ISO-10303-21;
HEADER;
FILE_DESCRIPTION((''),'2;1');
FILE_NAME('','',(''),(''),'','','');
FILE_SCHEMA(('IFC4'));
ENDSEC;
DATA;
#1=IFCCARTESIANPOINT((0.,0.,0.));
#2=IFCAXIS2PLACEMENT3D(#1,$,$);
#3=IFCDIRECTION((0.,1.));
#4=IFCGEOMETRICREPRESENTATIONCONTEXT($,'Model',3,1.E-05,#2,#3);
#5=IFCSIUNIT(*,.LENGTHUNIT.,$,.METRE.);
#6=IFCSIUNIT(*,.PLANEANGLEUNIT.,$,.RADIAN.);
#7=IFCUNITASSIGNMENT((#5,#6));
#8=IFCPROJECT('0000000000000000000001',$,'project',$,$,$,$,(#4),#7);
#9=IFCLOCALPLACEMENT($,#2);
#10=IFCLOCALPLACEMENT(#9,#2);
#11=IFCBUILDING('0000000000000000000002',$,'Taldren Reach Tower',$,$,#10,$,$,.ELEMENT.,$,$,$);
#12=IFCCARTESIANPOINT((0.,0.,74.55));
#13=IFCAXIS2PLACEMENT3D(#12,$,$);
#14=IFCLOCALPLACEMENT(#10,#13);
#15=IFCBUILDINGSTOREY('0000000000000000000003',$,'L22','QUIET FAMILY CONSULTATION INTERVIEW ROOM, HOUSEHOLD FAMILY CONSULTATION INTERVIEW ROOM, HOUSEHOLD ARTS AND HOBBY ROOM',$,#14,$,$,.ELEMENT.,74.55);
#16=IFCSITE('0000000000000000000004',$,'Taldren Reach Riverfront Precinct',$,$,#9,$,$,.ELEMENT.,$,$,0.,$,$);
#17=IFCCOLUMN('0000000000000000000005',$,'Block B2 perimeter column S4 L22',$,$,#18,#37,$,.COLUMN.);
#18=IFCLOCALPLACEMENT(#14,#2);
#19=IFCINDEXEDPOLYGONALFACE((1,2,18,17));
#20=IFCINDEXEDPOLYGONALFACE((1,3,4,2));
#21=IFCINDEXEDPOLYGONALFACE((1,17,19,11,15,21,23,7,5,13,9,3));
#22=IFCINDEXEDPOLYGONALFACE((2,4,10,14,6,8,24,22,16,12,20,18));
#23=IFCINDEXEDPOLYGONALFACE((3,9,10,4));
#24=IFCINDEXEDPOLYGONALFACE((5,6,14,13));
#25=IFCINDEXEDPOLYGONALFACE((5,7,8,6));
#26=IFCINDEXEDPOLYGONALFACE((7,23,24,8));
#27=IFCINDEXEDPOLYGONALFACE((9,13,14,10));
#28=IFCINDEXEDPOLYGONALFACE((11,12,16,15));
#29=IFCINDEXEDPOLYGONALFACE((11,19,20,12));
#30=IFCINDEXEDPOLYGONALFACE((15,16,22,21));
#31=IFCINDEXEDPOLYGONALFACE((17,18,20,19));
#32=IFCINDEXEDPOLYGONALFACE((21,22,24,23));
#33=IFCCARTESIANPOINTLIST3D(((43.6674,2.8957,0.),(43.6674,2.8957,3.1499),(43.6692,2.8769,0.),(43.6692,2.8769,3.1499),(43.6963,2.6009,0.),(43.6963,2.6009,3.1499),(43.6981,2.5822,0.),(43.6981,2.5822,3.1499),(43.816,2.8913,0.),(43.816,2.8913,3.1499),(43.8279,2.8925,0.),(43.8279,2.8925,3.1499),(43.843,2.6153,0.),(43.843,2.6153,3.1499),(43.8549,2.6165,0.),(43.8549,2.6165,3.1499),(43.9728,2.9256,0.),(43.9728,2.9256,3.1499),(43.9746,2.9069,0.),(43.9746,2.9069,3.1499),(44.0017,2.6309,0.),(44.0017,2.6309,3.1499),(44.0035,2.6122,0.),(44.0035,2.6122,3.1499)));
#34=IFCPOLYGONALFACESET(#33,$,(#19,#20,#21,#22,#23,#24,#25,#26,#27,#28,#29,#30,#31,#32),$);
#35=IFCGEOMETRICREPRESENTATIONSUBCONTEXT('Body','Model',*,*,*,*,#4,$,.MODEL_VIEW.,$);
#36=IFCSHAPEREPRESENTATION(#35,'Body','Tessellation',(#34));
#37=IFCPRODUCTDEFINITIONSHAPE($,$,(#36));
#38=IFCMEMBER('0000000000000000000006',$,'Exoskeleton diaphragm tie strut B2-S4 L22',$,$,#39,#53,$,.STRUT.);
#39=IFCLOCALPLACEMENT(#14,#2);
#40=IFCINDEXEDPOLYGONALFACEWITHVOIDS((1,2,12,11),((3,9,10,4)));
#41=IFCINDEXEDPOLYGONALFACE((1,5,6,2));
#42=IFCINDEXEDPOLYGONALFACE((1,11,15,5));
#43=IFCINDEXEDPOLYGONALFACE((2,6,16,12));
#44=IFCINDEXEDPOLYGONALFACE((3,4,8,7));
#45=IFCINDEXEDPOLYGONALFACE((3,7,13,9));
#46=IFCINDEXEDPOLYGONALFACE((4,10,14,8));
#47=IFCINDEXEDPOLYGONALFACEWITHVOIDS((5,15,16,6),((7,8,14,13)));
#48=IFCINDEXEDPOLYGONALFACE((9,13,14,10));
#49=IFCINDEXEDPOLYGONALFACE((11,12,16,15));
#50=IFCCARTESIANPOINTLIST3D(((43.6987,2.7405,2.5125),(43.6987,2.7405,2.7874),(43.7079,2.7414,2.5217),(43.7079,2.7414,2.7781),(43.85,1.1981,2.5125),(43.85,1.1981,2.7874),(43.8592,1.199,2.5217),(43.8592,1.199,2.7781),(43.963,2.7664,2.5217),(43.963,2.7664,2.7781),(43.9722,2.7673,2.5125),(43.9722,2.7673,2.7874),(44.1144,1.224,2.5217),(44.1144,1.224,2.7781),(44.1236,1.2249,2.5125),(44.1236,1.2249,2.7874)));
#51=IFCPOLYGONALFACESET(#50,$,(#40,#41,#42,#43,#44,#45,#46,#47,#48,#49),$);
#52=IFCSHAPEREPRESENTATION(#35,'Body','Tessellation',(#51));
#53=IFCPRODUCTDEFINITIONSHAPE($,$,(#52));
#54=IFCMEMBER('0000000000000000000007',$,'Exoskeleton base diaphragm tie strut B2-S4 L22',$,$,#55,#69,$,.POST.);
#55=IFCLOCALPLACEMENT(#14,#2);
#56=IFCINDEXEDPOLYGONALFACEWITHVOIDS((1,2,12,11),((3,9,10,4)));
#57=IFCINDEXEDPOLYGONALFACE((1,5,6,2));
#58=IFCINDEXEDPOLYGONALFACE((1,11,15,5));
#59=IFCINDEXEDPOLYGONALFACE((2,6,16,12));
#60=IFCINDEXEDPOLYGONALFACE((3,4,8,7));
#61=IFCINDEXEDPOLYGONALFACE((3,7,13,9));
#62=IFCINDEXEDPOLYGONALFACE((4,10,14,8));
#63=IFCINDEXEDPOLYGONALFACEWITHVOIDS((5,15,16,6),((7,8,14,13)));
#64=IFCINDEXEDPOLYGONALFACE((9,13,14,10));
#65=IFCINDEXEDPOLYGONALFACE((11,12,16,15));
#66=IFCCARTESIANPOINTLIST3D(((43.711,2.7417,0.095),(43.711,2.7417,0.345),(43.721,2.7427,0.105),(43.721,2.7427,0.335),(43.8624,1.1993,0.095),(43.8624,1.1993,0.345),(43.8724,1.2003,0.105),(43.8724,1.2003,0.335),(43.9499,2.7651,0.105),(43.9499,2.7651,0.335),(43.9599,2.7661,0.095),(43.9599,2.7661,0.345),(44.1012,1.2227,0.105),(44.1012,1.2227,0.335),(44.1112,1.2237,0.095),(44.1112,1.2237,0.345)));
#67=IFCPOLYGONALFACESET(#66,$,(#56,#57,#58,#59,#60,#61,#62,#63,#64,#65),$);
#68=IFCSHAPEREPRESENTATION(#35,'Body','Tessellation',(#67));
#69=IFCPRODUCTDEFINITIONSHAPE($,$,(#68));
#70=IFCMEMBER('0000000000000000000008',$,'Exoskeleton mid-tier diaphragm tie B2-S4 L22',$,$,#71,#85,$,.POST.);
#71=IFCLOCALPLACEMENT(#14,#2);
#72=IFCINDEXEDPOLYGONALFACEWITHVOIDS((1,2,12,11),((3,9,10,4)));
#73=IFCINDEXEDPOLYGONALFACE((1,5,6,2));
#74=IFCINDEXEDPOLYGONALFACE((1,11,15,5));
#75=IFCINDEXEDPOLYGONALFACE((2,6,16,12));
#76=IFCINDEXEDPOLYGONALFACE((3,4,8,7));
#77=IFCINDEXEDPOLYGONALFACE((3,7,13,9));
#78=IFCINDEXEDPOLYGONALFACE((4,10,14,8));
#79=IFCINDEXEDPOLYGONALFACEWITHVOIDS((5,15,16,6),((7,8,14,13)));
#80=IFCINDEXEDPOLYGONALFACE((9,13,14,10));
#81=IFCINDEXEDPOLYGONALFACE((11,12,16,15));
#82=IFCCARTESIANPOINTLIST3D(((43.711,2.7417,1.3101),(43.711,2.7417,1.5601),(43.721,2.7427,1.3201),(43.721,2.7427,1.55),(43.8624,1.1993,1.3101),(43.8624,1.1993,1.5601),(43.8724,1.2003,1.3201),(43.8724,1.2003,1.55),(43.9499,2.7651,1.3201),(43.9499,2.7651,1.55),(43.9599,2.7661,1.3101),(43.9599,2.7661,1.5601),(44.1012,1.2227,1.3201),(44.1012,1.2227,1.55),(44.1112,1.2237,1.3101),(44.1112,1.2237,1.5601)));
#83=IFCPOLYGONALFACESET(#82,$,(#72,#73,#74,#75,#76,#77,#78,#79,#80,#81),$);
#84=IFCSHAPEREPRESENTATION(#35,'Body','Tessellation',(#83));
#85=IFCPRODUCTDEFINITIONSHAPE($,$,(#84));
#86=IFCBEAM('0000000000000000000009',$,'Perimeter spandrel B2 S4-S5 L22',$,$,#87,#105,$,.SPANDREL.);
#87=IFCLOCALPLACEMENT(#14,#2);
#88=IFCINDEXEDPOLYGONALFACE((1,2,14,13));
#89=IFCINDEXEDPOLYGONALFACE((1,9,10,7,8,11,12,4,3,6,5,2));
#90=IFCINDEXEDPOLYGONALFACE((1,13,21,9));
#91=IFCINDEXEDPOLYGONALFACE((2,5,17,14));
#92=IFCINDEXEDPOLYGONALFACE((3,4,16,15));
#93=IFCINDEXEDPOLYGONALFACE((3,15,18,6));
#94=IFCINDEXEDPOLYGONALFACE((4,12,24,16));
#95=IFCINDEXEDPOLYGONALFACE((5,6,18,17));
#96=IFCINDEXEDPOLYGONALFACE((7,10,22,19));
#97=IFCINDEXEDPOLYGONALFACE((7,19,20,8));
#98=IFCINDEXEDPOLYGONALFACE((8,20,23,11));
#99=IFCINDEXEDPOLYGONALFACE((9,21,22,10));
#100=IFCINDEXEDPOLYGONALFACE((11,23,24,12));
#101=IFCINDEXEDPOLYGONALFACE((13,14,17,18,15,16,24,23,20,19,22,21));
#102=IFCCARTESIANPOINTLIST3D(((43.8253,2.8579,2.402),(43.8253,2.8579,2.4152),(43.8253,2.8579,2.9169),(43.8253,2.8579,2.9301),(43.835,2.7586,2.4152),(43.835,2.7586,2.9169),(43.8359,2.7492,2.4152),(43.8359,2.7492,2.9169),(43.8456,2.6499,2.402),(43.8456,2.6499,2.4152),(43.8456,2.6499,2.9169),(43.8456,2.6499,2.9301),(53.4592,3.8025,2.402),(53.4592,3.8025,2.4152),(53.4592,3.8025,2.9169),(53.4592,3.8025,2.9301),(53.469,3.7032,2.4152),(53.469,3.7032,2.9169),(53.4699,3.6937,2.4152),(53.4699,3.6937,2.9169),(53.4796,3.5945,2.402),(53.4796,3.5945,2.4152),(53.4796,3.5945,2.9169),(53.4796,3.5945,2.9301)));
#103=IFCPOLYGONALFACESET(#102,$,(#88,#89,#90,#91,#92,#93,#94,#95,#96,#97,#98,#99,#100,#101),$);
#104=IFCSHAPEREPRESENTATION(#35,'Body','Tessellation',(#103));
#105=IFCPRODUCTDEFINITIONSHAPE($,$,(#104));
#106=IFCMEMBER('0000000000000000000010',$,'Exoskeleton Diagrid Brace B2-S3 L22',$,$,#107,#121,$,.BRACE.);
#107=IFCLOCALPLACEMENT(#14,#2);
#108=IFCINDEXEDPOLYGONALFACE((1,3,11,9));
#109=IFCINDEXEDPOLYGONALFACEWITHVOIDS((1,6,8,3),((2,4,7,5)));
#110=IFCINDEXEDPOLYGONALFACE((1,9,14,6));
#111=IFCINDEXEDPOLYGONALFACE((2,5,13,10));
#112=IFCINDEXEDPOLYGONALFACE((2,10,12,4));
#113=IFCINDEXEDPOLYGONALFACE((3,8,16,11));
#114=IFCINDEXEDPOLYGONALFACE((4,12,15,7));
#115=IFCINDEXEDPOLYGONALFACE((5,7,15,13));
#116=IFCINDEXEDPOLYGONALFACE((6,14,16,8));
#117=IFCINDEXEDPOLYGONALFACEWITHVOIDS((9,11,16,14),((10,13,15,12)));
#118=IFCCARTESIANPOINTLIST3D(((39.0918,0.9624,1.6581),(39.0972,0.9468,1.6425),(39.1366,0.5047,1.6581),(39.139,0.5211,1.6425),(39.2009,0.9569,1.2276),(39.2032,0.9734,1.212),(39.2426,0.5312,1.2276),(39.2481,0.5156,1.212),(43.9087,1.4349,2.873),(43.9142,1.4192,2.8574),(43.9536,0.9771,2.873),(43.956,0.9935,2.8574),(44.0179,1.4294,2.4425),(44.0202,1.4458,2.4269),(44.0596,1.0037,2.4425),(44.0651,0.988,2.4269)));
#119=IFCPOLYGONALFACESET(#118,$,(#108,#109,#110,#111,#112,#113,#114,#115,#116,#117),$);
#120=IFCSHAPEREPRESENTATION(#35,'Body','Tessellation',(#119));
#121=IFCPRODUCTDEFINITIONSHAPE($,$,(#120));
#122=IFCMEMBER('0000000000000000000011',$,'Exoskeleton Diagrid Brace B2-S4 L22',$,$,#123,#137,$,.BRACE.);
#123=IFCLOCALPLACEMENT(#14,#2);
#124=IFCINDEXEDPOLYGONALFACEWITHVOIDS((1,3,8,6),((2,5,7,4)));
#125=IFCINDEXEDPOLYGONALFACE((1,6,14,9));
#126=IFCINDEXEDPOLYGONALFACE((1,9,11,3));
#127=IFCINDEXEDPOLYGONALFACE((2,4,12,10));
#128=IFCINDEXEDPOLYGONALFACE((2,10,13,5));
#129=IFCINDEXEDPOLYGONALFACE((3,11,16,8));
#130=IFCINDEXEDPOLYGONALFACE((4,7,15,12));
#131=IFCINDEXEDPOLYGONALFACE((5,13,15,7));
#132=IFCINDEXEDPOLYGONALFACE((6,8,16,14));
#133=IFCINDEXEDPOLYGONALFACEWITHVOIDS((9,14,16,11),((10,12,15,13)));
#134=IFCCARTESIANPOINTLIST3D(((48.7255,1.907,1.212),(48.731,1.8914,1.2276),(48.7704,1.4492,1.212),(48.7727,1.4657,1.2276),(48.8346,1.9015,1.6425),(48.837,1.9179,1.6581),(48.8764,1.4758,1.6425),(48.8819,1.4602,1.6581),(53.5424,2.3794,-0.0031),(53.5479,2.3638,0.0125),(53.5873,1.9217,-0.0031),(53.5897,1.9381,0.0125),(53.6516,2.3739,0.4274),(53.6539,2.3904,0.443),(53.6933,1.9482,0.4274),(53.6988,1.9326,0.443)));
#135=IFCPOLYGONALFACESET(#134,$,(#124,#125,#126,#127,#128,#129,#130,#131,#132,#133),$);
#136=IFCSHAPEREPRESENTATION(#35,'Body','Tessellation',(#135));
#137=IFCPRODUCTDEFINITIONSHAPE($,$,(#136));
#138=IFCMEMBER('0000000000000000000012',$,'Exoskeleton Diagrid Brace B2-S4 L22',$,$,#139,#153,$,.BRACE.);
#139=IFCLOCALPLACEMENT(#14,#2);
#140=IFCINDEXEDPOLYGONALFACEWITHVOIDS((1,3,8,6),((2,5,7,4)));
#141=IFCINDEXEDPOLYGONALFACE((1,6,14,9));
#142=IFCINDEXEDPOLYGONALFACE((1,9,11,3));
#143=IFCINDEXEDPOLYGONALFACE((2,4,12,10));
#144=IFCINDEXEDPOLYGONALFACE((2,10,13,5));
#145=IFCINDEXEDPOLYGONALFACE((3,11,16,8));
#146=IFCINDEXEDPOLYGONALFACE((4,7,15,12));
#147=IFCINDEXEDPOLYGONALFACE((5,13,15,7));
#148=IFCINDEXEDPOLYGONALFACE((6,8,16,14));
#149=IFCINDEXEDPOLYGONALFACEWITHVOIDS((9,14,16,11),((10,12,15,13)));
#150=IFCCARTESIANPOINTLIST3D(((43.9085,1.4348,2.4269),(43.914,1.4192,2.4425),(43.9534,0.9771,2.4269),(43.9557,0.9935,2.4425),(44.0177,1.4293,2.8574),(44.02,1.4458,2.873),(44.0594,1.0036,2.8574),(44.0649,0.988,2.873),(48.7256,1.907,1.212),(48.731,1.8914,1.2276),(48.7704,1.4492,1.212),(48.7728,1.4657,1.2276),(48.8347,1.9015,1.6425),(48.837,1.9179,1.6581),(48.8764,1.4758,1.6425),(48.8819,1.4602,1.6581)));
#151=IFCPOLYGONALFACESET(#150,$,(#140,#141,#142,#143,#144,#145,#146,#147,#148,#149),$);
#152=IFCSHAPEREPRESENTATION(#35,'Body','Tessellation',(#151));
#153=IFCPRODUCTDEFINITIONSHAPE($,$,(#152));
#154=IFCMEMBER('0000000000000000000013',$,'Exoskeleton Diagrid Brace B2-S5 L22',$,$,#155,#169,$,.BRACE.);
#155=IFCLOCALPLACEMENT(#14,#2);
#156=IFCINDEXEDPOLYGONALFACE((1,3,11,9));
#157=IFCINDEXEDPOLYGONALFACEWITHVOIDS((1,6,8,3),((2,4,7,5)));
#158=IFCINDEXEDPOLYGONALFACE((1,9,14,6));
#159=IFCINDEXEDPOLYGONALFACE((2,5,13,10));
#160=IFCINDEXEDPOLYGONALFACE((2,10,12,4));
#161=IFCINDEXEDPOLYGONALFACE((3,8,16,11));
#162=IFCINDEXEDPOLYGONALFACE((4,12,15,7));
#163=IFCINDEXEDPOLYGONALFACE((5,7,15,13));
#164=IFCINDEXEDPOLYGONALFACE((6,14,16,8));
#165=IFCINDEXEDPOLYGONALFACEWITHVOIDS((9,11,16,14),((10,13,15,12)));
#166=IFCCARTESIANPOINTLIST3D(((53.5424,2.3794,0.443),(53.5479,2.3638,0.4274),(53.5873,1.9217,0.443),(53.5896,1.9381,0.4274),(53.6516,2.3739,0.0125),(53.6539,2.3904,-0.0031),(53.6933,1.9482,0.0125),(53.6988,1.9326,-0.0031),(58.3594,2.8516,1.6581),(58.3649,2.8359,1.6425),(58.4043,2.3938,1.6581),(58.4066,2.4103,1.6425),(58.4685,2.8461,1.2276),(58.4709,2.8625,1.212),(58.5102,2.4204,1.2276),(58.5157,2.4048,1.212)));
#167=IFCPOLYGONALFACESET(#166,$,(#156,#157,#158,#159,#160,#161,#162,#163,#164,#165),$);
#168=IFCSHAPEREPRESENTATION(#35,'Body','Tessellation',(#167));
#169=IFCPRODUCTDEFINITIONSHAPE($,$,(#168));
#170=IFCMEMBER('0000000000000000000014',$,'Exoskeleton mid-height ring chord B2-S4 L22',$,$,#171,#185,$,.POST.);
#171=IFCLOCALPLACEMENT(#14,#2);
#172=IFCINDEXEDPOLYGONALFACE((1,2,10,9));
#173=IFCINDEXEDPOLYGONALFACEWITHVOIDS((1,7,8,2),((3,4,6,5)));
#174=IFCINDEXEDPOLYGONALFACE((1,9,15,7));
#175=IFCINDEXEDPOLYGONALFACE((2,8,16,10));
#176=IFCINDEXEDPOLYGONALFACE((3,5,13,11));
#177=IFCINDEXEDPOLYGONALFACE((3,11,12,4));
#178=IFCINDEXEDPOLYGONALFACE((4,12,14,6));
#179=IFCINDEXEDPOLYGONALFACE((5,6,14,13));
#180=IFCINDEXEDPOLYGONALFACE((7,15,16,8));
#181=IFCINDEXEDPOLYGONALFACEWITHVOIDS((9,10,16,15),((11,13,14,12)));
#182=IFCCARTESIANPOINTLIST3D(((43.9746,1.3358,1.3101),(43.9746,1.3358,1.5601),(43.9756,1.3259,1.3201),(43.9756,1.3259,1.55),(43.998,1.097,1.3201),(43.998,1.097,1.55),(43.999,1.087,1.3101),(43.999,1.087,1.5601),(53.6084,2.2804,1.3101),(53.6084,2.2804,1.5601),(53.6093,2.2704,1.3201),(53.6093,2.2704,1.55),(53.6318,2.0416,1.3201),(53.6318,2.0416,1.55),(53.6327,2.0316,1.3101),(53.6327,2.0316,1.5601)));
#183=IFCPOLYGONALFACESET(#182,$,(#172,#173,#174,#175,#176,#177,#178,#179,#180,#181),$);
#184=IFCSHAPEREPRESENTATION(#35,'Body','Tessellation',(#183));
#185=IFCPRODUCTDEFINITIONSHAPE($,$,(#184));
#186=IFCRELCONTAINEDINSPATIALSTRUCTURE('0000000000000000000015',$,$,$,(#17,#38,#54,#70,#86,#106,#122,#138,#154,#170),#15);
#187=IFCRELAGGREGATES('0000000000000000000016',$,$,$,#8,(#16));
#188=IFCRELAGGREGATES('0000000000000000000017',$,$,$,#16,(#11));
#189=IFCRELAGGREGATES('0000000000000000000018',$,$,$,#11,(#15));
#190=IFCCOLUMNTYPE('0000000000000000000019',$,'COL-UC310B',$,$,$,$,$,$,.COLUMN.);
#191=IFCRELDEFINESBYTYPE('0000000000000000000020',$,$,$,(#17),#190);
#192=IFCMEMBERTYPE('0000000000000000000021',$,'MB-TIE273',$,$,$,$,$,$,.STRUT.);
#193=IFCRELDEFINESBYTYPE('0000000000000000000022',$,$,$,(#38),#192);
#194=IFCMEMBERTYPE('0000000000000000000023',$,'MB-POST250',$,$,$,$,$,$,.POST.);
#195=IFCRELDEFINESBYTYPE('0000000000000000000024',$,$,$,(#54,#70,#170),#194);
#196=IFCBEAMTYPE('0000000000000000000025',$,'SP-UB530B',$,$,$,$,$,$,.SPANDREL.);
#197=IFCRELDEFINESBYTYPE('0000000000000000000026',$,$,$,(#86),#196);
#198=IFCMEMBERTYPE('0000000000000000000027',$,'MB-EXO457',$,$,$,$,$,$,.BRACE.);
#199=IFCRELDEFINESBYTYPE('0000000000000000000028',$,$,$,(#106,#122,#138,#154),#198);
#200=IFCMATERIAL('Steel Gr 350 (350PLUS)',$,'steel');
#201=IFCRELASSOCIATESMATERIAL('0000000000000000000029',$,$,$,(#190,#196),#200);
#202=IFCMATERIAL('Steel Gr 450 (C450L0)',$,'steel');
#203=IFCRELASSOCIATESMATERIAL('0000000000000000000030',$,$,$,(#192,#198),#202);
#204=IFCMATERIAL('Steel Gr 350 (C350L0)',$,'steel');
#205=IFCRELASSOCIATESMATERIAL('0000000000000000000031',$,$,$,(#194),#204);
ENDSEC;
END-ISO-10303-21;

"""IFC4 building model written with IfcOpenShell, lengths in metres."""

from ifc_helpers import new_model, si_unit, direction, frame, origin, origin_2d, place, context, subcontext, project, spatial, hollow_rectangle, i_section, extrude, source, transform, mapped, material, material_profile, profile_set, type_object, element, save


model = new_model("IFC4")

# Units and contexts
model_context = context("Model", 3, precision=1e-05, world=origin(), true_north=direction((0.0, 1.0)))
body_context = subcontext(model_context, "Body", "Model", "MODEL_VIEW")
ifc_project = project(units=[si_unit("LENGTHUNIT", "METRE"), si_unit("PLANEANGLEUNIT", "RADIAN")], contexts=[model_context])

# Site, building, storey
site_placement = place(None, origin())
site = spatial("IfcSite", under=ifc_project, at=site_placement, Name="Taldren Reach Riverfront Precinct", CompositionType="ELEMENT", RefElevation=0.0)
building_placement = place(site_placement, origin())
building = spatial("IfcBuilding", under=site, at=building_placement, Name="Taldren Reach Tower", CompositionType="ELEMENT")
storey_placement = place(building_placement, frame((0.0, 0.0, 74.55)))
storey = spatial("IfcBuildingStorey", under=building, at=storey_placement, Name="L22", Description="QUIET FAMILY CONSULTATION INTERVIEW ROOM, HOUSEHOLD FAMILY CONSULTATION INTERVIEW ROOM, HOUSEHOLD ARTS AND HOBBY ROOM", CompositionType="ELEMENT", Elevation=74.55)

# Column
ifc_material_1 = material(Name="Steel Gr 350 (350PLUS)", Category="steel")
ifc_material_profile_1 = material_profile(ifc_material_1, i_section(OverallWidth=0.3069, OverallDepth=0.3149, WebThickness=0.012, FlangeThickness=0.0188, at=origin_2d()), Name="310UC118")
ifc_profile_set_1 = profile_set([ifc_material_profile_1], Name="Steel Gr 350 (350PLUS)")
column_type = type_object("IfcColumnType", Name="COL-UC310B", PredefinedType="COLUMN", material=ifc_profile_set_1)
shared_shape_1 = source(origin(), body_context, "Body", "SweptSolid", [
    extrude(i_section(OverallWidth=0.3069, OverallDepth=0.3149, WebThickness=0.012, FlangeThickness=0.0188, at=origin_2d()), origin(), (0.0, 0.0, 1.0), 3.1499),
])
column_placement = place(storey_placement, frame((43.8354, 2.7539, 0.0), z_axis=(0.0, 0.0, 1.0), x_axis=(0.995227, 0.097583, 0.0)))
element("IfcColumn", 1, at=column_placement, inside=storey, type_object=column_type, Name="Block B2 perimeter column S4 L22", PredefinedType="COLUMN", context=body_context, shape_type="MappedRepresentation", body=[
    mapped(shared_shape_1, transform((0.0, 0.0, 0.0), scale=1.0)),
])

# Members
ifc_material_2 = material(Name="Steel Gr 450 (C450L0)", Category="steel")
ifc_material_profile_2 = material_profile(ifc_material_2, hollow_rectangle(XDim=0.2749, YDim=0.2749, WallThickness=0.0093, at=origin_2d()), Name="275x275x9.3SHS")
ifc_profile_set_2 = profile_set([ifc_material_profile_2], Name="Steel Gr 450 (C450L0)")
member_type_1 = type_object("IfcMemberType", Name="MB-TIE273", PredefinedType="STRUT", material=ifc_profile_set_2)
shared_shape_2 = source(origin(), body_context, "Body", "SweptSolid", [
    extrude(hollow_rectangle(XDim=0.2749, YDim=0.2749, WallThickness=0.0093, at=origin_2d()), origin(), (0.0, 0.0, 1.0), 1.5498),
])
member_1_placement = place(storey_placement, frame((43.8354, 2.7539, 2.6499), z_axis=(0.097663, -0.99522, 0.0), x_axis=(0.99522, 0.097663, 0.0)))
element("IfcMember", 2, at=member_1_placement, inside=storey, type_object=member_type_1, Name="Exoskeleton diaphragm tie strut B2-S4 L22", PredefinedType="STRUT", context=body_context, shape_type="MappedRepresentation", body=[
    mapped(shared_shape_2, transform((0.0, 0.0, 0.0), scale=1.0)),
])
ifc_material_3 = material(Name="Steel Gr 350 (C350L0)", Category="steel")
ifc_material_profile_3 = material_profile(ifc_material_3, hollow_rectangle(XDim=0.25, YDim=0.25, WallThickness=0.01, at=origin_2d()), Name="250x250x10.0SHS")
ifc_profile_set_3 = profile_set([ifc_material_profile_3], Name="Steel Gr 350 (C350L0)")
member_type_2 = type_object("IfcMemberType", Name="MB-POST250", PredefinedType="POST", material=ifc_profile_set_3)
shared_shape_3 = source(origin(), body_context, "Body", "SweptSolid", [
    extrude(hollow_rectangle(XDim=0.25, YDim=0.25, WallThickness=0.01, at=origin_2d()), origin(), (0.0, 0.0, 1.0), 1.5498),
])
for number, where, z_axis, x_axis, name in (
    (3, (43.8354, 2.7539, 0.22), (0.097663, -0.99522, 0.0), (0.99522, 0.097663, 0.0), "Exoskeleton base diaphragm tie strut B2-S4 L22"),
    (4, (43.8354, 2.7539, 1.4351), (0.097663, -0.99522, 0.0), (0.99522, 0.097663, 0.0), "Exoskeleton mid-tier diaphragm tie B2-S4 L22"),
):
    element("IfcMember", number, at=place(storey_placement, frame(where, z_axis=z_axis, x_axis=x_axis)), inside=storey, type_object=member_type_2, Name=name, PredefinedType="POST", context=body_context, shape_type="MappedRepresentation", body=[
        mapped(shared_shape_3, transform((0.0, 0.0, 0.0), scale=1.0)),
    ])

# Beam
ifc_material_profile_4 = material_profile(ifc_material_1, i_section(OverallWidth=0.209, OverallDepth=0.5281, WebThickness=0.0095, FlangeThickness=0.0132, at=origin_2d()), Name="530UB82.0")
ifc_profile_set_4 = profile_set([ifc_material_profile_4], Name="Steel Gr 350 (350PLUS)")
beam_type = type_object("IfcBeamType", Name="SP-UB530B", PredefinedType="SPANDREL", material=ifc_profile_set_4)
shared_shape_4 = source(origin(), body_context, "Body", "SweptSolid", [
    extrude(i_section(OverallWidth=0.209, OverallDepth=0.5281, WebThickness=0.0095, FlangeThickness=0.0132, at=origin_2d()), origin(), (0.0, 0.0, 1.0), 9.6802),
])
beam_placement = place(storey_placement, frame((43.8354, 2.7539, 2.666), z_axis=(0.995228, 0.097578, 0.0), x_axis=(-0.097578, 0.995228, 0.0)))
element("IfcBeam", 5, at=beam_placement, inside=storey, type_object=beam_type, Name="Perimeter spandrel B2 S4-S5 L22", PredefinedType="SPANDREL", context=body_context, shape_type="MappedRepresentation", body=[
    mapped(shared_shape_4, transform((0.0, 0.0, 0.0), scale=1.0)),
])

# Members
ifc_material_profile_5 = material_profile(ifc_material_2, hollow_rectangle(XDim=0.46, YDim=0.46, WallThickness=0.0161, at=origin_2d()), Name="460x460x16.0SHS")
ifc_profile_set_5 = profile_set([ifc_material_profile_5], Name="Steel Gr 450 (C450L0)")
member_type_3 = type_object("IfcMemberType", Name="MB-EXO457", PredefinedType="BRACE", material=ifc_profile_set_5)
shared_shape_5 = source(origin(), body_context, "Body", "SweptSolid", [
    extrude(hollow_rectangle(XDim=0.46, YDim=0.46, WallThickness=0.0161, at=origin_2d()), origin(), (0.0, 0.0, 1.0), 4.9902),
])
for number, where, z_axis, x_axis, name in (
    (6, (39.1699, 0.739, 1.4351), (0.965283, 0.094669, 0.243449), (-0.097606, 0.995225, 0.0), "Exoskeleton Diagrid Brace B2-S3 L22"),
    (7, (53.6206, 2.156, 0.22), (-0.965271, -0.094668, 0.243495), (0.097606, -0.995225, 0.0), "Exoskeleton Diagrid Brace B2-S4 L22"),
    (8, (48.8037, 1.6836, 1.4351), (-0.965287, -0.094621, 0.24345), (0.097556, -0.99523, 0.0), "Exoskeleton Diagrid Brace B2-S4 L22"),
    (9, (53.6206, 2.156, 0.22), (0.965276, 0.09462, 0.243496), (-0.097556, 0.99523, 0.0), "Exoskeleton Diagrid Brace B2-S5 L22"),
):
    element("IfcMember", number, at=place(storey_placement, frame(where, z_axis=z_axis, x_axis=x_axis)), inside=storey, type_object=member_type_3, Name=name, PredefinedType="BRACE", context=body_context, shape_type="MappedRepresentation", body=[
        mapped(shared_shape_5, transform((0.0, 0.0, 0.0), scale=1.0)),
    ])
shared_shape_6 = source(origin(), body_context, "Body", "SweptSolid", [
    extrude(hollow_rectangle(XDim=0.25, YDim=0.25, WallThickness=0.01, at=origin_2d()), origin(), (0.0, 0.0, 1.0), 9.6799),
])
for number, where, z_axis, x_axis, name in (
    (10, (43.9868, 1.2114, 1.4351), (0.995228, 0.097581, 0.0), (-0.097581, 0.995228, 0.0), "Exoskeleton mid-height ring chord B2-S4 L22"),
):
    element("IfcMember", number, at=place(storey_placement, frame(where, z_axis=z_axis, x_axis=x_axis)), inside=storey, type_object=member_type_2, Name=name, PredefinedType="POST", context=body_context, shape_type="MappedRepresentation", body=[
        mapped(shared_shape_6, transform((0.0, 0.0, 0.0), scale=1.0)),
    ])

save(model, "model.ifc")
